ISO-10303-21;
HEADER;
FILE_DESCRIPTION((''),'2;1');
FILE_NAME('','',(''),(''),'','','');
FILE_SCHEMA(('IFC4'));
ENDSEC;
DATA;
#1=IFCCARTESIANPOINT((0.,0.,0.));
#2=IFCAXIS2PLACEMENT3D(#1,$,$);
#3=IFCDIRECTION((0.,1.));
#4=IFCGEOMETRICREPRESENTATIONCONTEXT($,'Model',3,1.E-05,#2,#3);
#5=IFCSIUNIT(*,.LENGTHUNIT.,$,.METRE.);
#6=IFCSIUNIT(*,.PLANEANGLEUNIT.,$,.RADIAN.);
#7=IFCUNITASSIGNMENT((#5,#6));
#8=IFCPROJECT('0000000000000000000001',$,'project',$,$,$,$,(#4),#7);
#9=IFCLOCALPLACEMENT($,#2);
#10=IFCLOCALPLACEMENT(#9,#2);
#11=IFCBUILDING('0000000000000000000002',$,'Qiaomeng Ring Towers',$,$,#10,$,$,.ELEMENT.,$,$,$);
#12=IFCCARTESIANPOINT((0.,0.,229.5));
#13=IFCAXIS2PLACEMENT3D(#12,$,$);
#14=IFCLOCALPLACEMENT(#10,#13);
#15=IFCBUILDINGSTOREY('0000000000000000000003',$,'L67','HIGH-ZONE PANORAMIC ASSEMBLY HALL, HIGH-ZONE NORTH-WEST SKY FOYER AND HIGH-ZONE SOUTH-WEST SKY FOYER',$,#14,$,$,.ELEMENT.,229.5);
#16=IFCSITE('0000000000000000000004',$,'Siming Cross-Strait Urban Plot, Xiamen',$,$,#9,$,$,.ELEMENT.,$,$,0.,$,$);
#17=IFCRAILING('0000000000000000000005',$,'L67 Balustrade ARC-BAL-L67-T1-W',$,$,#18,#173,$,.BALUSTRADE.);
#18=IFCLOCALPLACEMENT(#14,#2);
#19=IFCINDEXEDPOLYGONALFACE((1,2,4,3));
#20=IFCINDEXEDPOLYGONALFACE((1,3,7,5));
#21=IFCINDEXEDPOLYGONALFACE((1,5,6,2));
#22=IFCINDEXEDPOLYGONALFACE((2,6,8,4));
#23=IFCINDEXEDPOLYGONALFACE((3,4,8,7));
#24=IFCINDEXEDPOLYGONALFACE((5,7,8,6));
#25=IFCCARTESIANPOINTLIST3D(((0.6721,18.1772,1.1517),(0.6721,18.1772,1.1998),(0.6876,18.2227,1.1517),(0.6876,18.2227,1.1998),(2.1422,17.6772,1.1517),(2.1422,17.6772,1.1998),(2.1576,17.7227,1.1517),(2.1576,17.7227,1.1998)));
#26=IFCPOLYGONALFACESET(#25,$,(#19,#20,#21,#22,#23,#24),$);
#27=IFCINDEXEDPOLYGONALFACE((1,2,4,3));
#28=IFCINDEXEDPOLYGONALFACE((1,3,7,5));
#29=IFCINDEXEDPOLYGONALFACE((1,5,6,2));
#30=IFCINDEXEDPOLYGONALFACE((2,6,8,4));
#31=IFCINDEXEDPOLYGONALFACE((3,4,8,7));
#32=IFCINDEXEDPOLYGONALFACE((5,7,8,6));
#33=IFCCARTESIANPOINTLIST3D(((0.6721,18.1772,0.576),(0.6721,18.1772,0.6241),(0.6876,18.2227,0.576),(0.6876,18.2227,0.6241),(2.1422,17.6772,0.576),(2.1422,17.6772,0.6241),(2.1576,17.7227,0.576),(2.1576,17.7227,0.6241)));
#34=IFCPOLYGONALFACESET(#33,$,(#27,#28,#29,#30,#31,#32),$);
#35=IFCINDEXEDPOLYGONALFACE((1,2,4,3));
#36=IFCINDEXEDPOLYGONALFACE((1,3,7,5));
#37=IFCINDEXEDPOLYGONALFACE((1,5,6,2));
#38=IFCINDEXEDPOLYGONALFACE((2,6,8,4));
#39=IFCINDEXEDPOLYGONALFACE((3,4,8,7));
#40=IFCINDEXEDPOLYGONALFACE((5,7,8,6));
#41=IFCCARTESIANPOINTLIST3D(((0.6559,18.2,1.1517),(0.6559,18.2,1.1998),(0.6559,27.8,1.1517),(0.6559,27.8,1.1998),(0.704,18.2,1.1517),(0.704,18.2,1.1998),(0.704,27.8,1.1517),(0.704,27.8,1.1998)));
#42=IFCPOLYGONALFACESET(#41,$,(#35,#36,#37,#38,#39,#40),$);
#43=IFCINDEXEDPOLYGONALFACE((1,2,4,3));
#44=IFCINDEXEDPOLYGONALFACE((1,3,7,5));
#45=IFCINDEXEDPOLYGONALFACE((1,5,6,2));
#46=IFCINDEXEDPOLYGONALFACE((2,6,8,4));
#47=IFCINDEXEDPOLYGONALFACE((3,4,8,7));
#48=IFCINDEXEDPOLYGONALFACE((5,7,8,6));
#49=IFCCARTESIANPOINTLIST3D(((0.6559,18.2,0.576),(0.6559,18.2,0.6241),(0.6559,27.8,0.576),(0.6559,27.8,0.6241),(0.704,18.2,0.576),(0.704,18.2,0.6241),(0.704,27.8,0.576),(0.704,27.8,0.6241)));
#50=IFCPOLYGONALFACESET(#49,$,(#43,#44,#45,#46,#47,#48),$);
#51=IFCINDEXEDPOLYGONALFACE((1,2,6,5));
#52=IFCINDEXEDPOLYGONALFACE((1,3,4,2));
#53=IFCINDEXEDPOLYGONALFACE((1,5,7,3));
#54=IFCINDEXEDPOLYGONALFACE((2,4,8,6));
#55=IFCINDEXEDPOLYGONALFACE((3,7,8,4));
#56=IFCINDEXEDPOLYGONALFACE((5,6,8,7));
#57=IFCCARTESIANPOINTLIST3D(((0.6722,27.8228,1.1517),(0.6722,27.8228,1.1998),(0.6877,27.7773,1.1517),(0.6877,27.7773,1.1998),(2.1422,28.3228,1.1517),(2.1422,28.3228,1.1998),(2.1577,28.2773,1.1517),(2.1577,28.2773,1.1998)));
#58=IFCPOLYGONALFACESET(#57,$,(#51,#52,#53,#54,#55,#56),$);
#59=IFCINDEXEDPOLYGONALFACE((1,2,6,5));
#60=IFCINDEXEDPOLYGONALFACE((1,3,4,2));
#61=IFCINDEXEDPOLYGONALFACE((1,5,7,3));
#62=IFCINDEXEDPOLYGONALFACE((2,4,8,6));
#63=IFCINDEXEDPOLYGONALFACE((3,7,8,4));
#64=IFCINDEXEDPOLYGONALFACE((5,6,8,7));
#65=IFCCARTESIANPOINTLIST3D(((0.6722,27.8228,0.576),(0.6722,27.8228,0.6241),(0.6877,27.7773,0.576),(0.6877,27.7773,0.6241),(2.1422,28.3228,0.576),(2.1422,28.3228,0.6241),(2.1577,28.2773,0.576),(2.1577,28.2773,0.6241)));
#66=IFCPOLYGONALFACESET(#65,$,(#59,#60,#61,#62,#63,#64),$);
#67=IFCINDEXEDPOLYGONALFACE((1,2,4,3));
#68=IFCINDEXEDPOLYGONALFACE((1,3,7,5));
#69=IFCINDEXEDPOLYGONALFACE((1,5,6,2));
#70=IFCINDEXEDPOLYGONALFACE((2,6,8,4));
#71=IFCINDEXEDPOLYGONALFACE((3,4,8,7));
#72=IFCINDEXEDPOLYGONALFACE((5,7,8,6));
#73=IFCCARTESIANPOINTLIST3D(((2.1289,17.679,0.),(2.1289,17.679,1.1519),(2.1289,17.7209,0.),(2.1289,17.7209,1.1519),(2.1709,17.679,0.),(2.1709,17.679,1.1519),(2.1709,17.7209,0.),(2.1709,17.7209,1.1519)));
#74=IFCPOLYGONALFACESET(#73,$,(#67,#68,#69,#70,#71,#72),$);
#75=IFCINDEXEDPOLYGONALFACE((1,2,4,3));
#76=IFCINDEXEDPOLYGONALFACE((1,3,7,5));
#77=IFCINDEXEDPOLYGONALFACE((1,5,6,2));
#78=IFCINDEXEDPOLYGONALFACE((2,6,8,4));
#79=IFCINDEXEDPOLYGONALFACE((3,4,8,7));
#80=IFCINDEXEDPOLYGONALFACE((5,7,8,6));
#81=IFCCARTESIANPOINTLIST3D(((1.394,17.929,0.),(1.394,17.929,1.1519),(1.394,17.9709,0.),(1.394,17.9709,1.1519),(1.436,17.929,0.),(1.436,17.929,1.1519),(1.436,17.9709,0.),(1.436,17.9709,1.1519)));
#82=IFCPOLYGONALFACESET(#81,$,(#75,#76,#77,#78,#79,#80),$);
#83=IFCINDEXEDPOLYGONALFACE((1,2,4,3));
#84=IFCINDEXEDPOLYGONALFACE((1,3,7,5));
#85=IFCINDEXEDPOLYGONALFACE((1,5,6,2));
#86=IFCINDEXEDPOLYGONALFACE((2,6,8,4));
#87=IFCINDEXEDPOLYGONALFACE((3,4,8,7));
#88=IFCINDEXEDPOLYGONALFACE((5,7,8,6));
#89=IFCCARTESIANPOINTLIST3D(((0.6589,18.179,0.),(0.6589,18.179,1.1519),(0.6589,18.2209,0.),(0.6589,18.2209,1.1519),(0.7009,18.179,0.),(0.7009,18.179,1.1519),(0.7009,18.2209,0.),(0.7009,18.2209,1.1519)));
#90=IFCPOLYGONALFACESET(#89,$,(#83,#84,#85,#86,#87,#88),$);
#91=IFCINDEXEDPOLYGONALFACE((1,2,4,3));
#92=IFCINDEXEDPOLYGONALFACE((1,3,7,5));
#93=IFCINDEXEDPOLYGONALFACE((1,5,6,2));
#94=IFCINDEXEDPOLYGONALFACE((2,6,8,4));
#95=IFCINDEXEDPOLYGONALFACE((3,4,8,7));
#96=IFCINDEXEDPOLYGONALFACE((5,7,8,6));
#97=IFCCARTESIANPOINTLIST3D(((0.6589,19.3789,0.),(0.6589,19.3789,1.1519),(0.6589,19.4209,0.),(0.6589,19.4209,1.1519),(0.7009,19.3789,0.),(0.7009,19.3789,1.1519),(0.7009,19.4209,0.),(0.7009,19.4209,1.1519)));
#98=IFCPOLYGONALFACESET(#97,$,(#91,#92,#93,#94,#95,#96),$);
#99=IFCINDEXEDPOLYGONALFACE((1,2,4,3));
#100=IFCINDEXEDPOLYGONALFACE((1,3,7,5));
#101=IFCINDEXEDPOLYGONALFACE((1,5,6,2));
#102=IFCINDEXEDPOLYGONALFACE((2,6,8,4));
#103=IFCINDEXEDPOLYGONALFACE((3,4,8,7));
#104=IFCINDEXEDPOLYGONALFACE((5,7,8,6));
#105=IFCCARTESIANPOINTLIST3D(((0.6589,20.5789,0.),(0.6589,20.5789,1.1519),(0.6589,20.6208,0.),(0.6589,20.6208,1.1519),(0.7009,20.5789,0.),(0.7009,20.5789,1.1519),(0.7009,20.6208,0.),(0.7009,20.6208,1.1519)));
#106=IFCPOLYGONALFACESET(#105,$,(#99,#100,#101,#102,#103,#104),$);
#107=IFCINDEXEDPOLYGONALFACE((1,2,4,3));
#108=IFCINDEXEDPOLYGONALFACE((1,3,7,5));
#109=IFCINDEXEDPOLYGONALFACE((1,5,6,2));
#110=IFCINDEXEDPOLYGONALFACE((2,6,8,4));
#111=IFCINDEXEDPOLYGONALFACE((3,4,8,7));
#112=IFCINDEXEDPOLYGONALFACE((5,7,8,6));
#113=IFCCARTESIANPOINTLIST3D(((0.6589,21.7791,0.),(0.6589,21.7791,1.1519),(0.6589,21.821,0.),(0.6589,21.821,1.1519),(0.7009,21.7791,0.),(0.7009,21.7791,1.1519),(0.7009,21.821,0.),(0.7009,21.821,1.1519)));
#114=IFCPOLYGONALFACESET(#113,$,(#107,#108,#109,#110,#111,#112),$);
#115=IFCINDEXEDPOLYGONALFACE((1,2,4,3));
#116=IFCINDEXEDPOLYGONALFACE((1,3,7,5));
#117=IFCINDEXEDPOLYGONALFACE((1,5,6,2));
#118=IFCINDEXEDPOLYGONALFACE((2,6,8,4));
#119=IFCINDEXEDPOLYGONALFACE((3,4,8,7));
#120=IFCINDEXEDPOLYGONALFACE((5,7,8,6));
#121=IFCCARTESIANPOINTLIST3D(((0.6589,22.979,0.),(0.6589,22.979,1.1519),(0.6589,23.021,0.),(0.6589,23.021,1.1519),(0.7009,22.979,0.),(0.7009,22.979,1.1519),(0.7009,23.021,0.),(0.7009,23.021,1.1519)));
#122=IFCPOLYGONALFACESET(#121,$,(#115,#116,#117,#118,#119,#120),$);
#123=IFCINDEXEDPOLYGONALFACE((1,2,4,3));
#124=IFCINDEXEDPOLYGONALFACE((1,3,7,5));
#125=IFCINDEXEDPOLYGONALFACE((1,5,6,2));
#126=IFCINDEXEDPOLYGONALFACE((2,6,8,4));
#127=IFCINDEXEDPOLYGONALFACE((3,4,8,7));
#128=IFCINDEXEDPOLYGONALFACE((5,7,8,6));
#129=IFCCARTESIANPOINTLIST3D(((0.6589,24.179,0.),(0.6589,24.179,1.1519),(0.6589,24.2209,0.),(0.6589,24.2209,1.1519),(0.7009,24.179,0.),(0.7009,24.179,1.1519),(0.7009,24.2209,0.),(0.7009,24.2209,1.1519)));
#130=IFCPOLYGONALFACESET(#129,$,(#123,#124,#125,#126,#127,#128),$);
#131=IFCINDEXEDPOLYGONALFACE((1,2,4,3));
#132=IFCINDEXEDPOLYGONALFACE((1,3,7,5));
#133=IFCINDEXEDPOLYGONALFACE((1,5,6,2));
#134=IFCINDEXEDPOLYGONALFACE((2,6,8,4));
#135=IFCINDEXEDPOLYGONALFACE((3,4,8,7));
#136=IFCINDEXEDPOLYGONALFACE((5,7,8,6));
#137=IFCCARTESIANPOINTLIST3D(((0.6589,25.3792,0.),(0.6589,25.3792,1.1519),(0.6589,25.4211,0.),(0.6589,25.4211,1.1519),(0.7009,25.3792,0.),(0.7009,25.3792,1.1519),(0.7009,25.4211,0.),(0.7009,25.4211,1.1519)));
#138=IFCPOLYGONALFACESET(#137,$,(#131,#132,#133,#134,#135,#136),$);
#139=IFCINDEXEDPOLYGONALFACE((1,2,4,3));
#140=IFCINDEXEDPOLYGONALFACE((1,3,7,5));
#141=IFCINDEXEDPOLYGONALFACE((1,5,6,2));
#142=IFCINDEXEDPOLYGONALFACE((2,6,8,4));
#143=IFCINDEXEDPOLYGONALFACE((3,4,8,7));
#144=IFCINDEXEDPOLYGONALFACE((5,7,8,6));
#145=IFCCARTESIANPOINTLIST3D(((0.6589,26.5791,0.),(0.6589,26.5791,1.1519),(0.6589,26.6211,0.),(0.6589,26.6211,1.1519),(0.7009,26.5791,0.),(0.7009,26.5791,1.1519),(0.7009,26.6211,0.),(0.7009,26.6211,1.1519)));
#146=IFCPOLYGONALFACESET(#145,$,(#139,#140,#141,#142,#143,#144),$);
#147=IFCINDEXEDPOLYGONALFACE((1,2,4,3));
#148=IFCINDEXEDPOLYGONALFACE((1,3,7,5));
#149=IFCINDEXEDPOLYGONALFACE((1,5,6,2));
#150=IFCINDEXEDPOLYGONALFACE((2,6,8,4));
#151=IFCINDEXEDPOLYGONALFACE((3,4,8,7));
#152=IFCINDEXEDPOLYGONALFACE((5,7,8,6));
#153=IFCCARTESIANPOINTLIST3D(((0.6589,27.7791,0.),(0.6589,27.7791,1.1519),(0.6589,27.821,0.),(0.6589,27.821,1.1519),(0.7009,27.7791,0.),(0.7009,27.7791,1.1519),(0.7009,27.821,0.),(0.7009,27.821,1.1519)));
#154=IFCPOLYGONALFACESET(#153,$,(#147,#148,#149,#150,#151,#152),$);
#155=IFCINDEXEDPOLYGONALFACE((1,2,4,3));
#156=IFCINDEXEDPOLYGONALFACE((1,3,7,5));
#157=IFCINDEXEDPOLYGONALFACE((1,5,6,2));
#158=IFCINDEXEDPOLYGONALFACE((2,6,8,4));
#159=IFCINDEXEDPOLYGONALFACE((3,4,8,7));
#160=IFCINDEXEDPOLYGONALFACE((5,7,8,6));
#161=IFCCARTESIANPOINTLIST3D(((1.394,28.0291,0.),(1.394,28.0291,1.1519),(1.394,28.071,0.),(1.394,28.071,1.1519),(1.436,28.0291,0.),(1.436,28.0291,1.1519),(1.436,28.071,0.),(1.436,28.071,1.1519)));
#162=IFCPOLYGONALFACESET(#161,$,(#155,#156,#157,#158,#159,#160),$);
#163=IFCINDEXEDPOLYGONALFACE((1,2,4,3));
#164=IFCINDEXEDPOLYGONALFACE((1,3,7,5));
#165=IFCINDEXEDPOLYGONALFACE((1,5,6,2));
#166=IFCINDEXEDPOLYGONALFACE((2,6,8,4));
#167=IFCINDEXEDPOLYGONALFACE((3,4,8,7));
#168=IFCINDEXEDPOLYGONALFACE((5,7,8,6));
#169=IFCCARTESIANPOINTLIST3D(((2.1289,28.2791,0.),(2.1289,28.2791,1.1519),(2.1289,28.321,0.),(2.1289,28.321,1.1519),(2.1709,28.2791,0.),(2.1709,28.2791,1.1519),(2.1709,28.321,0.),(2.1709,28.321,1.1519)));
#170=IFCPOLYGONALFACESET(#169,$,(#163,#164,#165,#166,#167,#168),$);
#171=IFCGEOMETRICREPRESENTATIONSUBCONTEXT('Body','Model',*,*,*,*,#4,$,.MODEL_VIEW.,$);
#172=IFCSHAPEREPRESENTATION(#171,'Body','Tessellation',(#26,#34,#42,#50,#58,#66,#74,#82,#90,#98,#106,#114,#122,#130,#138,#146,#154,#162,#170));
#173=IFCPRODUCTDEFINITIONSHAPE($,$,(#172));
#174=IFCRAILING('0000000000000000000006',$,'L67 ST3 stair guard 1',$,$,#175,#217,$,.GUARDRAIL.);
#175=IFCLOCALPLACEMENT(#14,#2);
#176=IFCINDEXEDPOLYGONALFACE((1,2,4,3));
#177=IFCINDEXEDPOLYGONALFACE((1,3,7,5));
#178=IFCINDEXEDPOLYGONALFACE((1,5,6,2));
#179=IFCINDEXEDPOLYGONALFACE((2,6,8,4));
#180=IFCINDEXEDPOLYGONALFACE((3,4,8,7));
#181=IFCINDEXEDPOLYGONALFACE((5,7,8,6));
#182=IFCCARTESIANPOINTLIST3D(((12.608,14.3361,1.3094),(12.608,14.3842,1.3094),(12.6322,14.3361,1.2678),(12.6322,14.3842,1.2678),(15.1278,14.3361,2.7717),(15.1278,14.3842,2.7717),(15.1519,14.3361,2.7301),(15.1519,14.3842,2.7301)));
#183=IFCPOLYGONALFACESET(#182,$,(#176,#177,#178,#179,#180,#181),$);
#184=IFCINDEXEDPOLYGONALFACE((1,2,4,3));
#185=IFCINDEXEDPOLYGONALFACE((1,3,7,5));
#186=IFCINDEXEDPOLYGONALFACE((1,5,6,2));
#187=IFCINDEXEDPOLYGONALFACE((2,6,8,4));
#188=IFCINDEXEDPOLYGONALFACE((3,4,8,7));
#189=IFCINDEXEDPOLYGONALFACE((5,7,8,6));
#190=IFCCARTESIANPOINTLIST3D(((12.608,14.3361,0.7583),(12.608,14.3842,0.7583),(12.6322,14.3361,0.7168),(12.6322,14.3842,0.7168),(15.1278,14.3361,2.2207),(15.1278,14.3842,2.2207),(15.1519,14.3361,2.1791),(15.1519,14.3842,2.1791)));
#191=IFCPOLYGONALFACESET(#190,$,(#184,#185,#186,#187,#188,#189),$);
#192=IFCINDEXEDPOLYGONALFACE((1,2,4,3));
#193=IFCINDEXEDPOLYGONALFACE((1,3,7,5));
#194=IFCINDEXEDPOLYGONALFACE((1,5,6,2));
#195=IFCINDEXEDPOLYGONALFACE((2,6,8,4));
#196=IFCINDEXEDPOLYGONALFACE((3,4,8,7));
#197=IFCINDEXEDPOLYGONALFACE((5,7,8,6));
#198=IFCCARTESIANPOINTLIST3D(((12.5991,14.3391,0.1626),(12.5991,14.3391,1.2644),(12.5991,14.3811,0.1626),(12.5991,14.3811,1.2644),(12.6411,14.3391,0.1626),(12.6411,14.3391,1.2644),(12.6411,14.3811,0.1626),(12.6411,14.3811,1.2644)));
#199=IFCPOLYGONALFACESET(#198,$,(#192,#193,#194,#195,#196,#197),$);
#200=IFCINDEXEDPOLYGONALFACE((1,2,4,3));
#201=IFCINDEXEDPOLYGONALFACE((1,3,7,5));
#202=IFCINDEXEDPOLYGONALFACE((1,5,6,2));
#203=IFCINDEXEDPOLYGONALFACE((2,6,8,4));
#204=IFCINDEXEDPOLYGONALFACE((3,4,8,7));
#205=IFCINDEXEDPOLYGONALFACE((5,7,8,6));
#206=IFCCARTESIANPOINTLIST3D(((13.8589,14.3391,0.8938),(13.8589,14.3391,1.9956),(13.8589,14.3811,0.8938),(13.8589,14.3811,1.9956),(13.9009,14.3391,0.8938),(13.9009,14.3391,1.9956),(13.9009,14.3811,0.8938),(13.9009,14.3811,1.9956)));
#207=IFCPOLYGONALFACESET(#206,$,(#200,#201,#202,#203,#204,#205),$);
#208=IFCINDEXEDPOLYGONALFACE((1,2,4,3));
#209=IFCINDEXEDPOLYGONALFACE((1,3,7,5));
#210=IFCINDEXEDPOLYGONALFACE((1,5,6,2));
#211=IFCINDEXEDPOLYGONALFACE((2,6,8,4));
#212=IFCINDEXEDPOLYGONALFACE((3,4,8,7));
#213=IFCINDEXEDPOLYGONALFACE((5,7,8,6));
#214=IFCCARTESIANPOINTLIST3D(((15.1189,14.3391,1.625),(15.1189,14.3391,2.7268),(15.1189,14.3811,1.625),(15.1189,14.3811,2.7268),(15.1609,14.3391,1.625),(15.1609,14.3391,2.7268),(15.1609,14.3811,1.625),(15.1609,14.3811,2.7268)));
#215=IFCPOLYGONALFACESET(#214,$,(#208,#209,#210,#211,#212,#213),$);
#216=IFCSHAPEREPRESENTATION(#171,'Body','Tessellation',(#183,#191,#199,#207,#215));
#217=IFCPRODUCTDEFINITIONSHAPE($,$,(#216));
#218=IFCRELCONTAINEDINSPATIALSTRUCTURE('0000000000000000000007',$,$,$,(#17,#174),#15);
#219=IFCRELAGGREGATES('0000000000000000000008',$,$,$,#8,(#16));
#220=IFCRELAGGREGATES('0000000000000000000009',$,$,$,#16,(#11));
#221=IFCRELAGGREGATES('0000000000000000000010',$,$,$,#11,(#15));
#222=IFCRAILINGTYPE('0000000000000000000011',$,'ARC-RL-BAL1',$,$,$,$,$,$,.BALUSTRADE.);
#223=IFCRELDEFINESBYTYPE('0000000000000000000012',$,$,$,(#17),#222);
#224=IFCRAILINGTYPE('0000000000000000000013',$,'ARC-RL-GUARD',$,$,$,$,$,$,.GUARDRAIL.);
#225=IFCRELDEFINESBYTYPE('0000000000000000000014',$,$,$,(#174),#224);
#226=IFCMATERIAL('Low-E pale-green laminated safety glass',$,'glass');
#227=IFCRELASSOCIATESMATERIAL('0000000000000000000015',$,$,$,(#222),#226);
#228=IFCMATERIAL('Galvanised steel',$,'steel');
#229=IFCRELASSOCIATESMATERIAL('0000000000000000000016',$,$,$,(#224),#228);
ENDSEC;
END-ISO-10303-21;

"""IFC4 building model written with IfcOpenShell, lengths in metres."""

from ifc_helpers import new_model, si_unit, direction, frame, origin, origin_2d, place, context, subcontext, project, spatial, rectangle, extrude, material, type_object, element, save


model = new_model("IFC4")

# Units and contexts
model_context = context("Model", 3, precision=1e-05, world=origin(), true_north=direction((0.0, 1.0)))
body_context = subcontext(model_context, "Body", "Model", "MODEL_VIEW")
ifc_project = project(units=[si_unit("LENGTHUNIT", "METRE"), si_unit("PLANEANGLEUNIT", "RADIAN")], contexts=[model_context])

# Site, building, storey
site_placement = place(None, origin())
site = spatial("IfcSite", under=ifc_project, at=site_placement, Name="Siming Cross-Strait Urban Plot, Xiamen", CompositionType="ELEMENT", RefElevation=0.0)
building_placement = place(site_placement, origin())
building = spatial("IfcBuilding", under=site, at=building_placement, Name="Qiaomeng Ring Towers", CompositionType="ELEMENT")
storey_placement = place(building_placement, frame((0.0, 0.0, 229.5)))
storey = spatial("IfcBuildingStorey", under=building, at=storey_placement, Name="L67", Description="HIGH-ZONE PANORAMIC ASSEMBLY HALL, HIGH-ZONE NORTH-WEST SKY FOYER AND HIGH-ZONE SOUTH-WEST SKY FOYER", CompositionType="ELEMENT", Elevation=229.5)

# Shared definitions
ifc_material_1 = material(Name="Galvanised steel", Category="steel")

# Railings
ifc_material_2 = material(Name="Low-E pale-green laminated safety glass", Category="glass")
railing_type_1 = type_object("IfcRailingType", Name="ARC-RL-BAL1", PredefinedType="BALUSTRADE", material=ifc_material_2)
railing_1_placement = place(storey_placement, frame((2.1499, 17.7, 0.0)))
element("IfcRailing", 1, at=railing_1_placement, inside=storey, type_object=railing_type_1, Name="L67 Balustrade ARC-BAL-L67-T1-W", PredefinedType="BALUSTRADE", context=body_context, shape_type="SweptSolid", body=[
    extrude(rectangle(XDim=0.0481, YDim=0.0481, at=origin_2d()), frame((0.0, 0.0, 1.1758), z_axis=(-0.946732, 0.322024, 0.0), x_axis=(-0.322024, -0.946732, 0.0)), (0.0, 0.0, 1.0), 1.5527),
    extrude(rectangle(XDim=0.0481, YDim=0.0481, at=origin_2d()), frame((0.0, 0.0, 0.6001), z_axis=(-0.946732, 0.322024, 0.0), x_axis=(-0.322024, -0.946732, 0.0)), (0.0, 0.0, 1.0), 1.5527),
    extrude(rectangle(XDim=0.0481, YDim=0.0481, at=origin_2d()), frame((-1.47, 0.5, 1.1758), z_axis=(0.0, 1.0, 0.0), x_axis=(-1.0, 0.0, 0.0)), (0.0, 0.0, 1.0), 9.6001),
    extrude(rectangle(XDim=0.0481, YDim=0.0481, at=origin_2d()), frame((-1.47, 0.5, 0.6001), z_axis=(0.0, 1.0, 0.0), x_axis=(-1.0, 0.0, 0.0)), (0.0, 0.0, 1.0), 9.6001),
    extrude(rectangle(XDim=0.0481, YDim=0.0481, at=origin_2d()), frame((-1.47, 10.1001, 1.1758), z_axis=(0.946732, 0.322024, 0.0), x_axis=(-0.322024, 0.946732, 0.0)), (0.0, 0.0, 1.0), 1.5527),
    extrude(rectangle(XDim=0.0481, YDim=0.0481, at=origin_2d()), frame((-1.47, 10.1001, 0.6001), z_axis=(0.946732, 0.322024, 0.0), x_axis=(-0.322024, 0.946732, 0.0)), (0.0, 0.0, 1.0), 1.5527),
    extrude(rectangle(XDim=0.042, YDim=0.042, at=origin_2d()), origin(), (0.0, 0.0, 1.0), 1.1519),
    extrude(rectangle(XDim=0.042, YDim=0.042, at=origin_2d()), frame((-0.7349, 0.25, 0.0)), (0.0, 0.0, 1.0), 1.1519),
    extrude(rectangle(XDim=0.042, YDim=0.042, at=origin_2d()), frame((-1.47, 0.5, 0.0)), (0.0, 0.0, 1.0), 1.1519),
    extrude(rectangle(XDim=0.042, YDim=0.042, at=origin_2d()), frame((-1.47, 1.7, 0.0)), (0.0, 0.0, 1.0), 1.1519),
    extrude(rectangle(XDim=0.042, YDim=0.042, at=origin_2d()), frame((-1.47, 2.8999, 0.0)), (0.0, 0.0, 1.0), 1.1519),
    extrude(rectangle(XDim=0.042, YDim=0.042, at=origin_2d()), frame((-1.47, 4.1001, 0.0)), (0.0, 0.0, 1.0), 1.1519),
    extrude(rectangle(XDim=0.042, YDim=0.042, at=origin_2d()), frame((-1.47, 5.3, 0.0)), (0.0, 0.0, 1.0), 1.1519),
    extrude(rectangle(XDim=0.042, YDim=0.042, at=origin_2d()), frame((-1.47, 6.5, 0.0)), (0.0, 0.0, 1.0), 1.1519),
    extrude(rectangle(XDim=0.042, YDim=0.042, at=origin_2d()), frame((-1.47, 7.7002, 0.0)), (0.0, 0.0, 1.0), 1.1519),
    extrude(rectangle(XDim=0.042, YDim=0.042, at=origin_2d()), frame((-1.47, 8.9001, 0.0)), (0.0, 0.0, 1.0), 1.1519),
    extrude(rectangle(XDim=0.042, YDim=0.042, at=origin_2d()), frame((-1.47, 10.1001, 0.0)), (0.0, 0.0, 1.0), 1.1519),
    extrude(rectangle(XDim=0.042, YDim=0.042, at=origin_2d()), frame((-0.7349, 10.3501, 0.0)), (0.0, 0.0, 1.0), 1.1519),
    extrude(rectangle(XDim=0.042, YDim=0.042, at=origin_2d()), frame((0.0, 10.6001, 0.0)), (0.0, 0.0, 1.0), 1.1519),
])
railing_type_2 = type_object("IfcRailingType", Name="ARC-RL-GUARD", PredefinedType="GUARDRAIL", material=ifc_material_1)
railing_2_placement = place(storey_placement, frame((12.6201, 14.3601, 0.1626)))
element("IfcRailing", 2, at=railing_2_placement, inside=storey, type_object=railing_type_2, Name="L67 ST3 stair guard 1", PredefinedType="GUARDRAIL", context=body_context, shape_type="SweptSolid", body=[
    extrude(rectangle(XDim=0.0481, YDim=0.0481, at=origin_2d()), frame((0.0, 0.0, 1.126), z_axis=(0.864892, 0.0, 0.501958), x_axis=(0.0, 1.0, 0.0)), (0.0, 0.0, 1.0), 2.9133),
    extrude(rectangle(XDim=0.0481, YDim=0.0481, at=origin_2d()), frame((0.0, 0.0, 0.575), z_axis=(0.864892, 0.0, 0.501958), x_axis=(0.0, 1.0, 0.0)), (0.0, 0.0, 1.0), 2.9133),
    extrude(rectangle(XDim=0.042, YDim=0.042, at=origin_2d()), origin(), (0.0, 0.0, 1.0), 1.1018),
    extrude(rectangle(XDim=0.042, YDim=0.042, at=origin_2d()), frame((1.2598, 0.0, 0.7312)), (0.0, 0.0, 1.0), 1.1018),
    extrude(rectangle(XDim=0.042, YDim=0.042, at=origin_2d()), frame((2.5198, 0.0, 1.4624)), (0.0, 0.0, 1.0), 1.1018),
])

save(model, "model.ifc")
